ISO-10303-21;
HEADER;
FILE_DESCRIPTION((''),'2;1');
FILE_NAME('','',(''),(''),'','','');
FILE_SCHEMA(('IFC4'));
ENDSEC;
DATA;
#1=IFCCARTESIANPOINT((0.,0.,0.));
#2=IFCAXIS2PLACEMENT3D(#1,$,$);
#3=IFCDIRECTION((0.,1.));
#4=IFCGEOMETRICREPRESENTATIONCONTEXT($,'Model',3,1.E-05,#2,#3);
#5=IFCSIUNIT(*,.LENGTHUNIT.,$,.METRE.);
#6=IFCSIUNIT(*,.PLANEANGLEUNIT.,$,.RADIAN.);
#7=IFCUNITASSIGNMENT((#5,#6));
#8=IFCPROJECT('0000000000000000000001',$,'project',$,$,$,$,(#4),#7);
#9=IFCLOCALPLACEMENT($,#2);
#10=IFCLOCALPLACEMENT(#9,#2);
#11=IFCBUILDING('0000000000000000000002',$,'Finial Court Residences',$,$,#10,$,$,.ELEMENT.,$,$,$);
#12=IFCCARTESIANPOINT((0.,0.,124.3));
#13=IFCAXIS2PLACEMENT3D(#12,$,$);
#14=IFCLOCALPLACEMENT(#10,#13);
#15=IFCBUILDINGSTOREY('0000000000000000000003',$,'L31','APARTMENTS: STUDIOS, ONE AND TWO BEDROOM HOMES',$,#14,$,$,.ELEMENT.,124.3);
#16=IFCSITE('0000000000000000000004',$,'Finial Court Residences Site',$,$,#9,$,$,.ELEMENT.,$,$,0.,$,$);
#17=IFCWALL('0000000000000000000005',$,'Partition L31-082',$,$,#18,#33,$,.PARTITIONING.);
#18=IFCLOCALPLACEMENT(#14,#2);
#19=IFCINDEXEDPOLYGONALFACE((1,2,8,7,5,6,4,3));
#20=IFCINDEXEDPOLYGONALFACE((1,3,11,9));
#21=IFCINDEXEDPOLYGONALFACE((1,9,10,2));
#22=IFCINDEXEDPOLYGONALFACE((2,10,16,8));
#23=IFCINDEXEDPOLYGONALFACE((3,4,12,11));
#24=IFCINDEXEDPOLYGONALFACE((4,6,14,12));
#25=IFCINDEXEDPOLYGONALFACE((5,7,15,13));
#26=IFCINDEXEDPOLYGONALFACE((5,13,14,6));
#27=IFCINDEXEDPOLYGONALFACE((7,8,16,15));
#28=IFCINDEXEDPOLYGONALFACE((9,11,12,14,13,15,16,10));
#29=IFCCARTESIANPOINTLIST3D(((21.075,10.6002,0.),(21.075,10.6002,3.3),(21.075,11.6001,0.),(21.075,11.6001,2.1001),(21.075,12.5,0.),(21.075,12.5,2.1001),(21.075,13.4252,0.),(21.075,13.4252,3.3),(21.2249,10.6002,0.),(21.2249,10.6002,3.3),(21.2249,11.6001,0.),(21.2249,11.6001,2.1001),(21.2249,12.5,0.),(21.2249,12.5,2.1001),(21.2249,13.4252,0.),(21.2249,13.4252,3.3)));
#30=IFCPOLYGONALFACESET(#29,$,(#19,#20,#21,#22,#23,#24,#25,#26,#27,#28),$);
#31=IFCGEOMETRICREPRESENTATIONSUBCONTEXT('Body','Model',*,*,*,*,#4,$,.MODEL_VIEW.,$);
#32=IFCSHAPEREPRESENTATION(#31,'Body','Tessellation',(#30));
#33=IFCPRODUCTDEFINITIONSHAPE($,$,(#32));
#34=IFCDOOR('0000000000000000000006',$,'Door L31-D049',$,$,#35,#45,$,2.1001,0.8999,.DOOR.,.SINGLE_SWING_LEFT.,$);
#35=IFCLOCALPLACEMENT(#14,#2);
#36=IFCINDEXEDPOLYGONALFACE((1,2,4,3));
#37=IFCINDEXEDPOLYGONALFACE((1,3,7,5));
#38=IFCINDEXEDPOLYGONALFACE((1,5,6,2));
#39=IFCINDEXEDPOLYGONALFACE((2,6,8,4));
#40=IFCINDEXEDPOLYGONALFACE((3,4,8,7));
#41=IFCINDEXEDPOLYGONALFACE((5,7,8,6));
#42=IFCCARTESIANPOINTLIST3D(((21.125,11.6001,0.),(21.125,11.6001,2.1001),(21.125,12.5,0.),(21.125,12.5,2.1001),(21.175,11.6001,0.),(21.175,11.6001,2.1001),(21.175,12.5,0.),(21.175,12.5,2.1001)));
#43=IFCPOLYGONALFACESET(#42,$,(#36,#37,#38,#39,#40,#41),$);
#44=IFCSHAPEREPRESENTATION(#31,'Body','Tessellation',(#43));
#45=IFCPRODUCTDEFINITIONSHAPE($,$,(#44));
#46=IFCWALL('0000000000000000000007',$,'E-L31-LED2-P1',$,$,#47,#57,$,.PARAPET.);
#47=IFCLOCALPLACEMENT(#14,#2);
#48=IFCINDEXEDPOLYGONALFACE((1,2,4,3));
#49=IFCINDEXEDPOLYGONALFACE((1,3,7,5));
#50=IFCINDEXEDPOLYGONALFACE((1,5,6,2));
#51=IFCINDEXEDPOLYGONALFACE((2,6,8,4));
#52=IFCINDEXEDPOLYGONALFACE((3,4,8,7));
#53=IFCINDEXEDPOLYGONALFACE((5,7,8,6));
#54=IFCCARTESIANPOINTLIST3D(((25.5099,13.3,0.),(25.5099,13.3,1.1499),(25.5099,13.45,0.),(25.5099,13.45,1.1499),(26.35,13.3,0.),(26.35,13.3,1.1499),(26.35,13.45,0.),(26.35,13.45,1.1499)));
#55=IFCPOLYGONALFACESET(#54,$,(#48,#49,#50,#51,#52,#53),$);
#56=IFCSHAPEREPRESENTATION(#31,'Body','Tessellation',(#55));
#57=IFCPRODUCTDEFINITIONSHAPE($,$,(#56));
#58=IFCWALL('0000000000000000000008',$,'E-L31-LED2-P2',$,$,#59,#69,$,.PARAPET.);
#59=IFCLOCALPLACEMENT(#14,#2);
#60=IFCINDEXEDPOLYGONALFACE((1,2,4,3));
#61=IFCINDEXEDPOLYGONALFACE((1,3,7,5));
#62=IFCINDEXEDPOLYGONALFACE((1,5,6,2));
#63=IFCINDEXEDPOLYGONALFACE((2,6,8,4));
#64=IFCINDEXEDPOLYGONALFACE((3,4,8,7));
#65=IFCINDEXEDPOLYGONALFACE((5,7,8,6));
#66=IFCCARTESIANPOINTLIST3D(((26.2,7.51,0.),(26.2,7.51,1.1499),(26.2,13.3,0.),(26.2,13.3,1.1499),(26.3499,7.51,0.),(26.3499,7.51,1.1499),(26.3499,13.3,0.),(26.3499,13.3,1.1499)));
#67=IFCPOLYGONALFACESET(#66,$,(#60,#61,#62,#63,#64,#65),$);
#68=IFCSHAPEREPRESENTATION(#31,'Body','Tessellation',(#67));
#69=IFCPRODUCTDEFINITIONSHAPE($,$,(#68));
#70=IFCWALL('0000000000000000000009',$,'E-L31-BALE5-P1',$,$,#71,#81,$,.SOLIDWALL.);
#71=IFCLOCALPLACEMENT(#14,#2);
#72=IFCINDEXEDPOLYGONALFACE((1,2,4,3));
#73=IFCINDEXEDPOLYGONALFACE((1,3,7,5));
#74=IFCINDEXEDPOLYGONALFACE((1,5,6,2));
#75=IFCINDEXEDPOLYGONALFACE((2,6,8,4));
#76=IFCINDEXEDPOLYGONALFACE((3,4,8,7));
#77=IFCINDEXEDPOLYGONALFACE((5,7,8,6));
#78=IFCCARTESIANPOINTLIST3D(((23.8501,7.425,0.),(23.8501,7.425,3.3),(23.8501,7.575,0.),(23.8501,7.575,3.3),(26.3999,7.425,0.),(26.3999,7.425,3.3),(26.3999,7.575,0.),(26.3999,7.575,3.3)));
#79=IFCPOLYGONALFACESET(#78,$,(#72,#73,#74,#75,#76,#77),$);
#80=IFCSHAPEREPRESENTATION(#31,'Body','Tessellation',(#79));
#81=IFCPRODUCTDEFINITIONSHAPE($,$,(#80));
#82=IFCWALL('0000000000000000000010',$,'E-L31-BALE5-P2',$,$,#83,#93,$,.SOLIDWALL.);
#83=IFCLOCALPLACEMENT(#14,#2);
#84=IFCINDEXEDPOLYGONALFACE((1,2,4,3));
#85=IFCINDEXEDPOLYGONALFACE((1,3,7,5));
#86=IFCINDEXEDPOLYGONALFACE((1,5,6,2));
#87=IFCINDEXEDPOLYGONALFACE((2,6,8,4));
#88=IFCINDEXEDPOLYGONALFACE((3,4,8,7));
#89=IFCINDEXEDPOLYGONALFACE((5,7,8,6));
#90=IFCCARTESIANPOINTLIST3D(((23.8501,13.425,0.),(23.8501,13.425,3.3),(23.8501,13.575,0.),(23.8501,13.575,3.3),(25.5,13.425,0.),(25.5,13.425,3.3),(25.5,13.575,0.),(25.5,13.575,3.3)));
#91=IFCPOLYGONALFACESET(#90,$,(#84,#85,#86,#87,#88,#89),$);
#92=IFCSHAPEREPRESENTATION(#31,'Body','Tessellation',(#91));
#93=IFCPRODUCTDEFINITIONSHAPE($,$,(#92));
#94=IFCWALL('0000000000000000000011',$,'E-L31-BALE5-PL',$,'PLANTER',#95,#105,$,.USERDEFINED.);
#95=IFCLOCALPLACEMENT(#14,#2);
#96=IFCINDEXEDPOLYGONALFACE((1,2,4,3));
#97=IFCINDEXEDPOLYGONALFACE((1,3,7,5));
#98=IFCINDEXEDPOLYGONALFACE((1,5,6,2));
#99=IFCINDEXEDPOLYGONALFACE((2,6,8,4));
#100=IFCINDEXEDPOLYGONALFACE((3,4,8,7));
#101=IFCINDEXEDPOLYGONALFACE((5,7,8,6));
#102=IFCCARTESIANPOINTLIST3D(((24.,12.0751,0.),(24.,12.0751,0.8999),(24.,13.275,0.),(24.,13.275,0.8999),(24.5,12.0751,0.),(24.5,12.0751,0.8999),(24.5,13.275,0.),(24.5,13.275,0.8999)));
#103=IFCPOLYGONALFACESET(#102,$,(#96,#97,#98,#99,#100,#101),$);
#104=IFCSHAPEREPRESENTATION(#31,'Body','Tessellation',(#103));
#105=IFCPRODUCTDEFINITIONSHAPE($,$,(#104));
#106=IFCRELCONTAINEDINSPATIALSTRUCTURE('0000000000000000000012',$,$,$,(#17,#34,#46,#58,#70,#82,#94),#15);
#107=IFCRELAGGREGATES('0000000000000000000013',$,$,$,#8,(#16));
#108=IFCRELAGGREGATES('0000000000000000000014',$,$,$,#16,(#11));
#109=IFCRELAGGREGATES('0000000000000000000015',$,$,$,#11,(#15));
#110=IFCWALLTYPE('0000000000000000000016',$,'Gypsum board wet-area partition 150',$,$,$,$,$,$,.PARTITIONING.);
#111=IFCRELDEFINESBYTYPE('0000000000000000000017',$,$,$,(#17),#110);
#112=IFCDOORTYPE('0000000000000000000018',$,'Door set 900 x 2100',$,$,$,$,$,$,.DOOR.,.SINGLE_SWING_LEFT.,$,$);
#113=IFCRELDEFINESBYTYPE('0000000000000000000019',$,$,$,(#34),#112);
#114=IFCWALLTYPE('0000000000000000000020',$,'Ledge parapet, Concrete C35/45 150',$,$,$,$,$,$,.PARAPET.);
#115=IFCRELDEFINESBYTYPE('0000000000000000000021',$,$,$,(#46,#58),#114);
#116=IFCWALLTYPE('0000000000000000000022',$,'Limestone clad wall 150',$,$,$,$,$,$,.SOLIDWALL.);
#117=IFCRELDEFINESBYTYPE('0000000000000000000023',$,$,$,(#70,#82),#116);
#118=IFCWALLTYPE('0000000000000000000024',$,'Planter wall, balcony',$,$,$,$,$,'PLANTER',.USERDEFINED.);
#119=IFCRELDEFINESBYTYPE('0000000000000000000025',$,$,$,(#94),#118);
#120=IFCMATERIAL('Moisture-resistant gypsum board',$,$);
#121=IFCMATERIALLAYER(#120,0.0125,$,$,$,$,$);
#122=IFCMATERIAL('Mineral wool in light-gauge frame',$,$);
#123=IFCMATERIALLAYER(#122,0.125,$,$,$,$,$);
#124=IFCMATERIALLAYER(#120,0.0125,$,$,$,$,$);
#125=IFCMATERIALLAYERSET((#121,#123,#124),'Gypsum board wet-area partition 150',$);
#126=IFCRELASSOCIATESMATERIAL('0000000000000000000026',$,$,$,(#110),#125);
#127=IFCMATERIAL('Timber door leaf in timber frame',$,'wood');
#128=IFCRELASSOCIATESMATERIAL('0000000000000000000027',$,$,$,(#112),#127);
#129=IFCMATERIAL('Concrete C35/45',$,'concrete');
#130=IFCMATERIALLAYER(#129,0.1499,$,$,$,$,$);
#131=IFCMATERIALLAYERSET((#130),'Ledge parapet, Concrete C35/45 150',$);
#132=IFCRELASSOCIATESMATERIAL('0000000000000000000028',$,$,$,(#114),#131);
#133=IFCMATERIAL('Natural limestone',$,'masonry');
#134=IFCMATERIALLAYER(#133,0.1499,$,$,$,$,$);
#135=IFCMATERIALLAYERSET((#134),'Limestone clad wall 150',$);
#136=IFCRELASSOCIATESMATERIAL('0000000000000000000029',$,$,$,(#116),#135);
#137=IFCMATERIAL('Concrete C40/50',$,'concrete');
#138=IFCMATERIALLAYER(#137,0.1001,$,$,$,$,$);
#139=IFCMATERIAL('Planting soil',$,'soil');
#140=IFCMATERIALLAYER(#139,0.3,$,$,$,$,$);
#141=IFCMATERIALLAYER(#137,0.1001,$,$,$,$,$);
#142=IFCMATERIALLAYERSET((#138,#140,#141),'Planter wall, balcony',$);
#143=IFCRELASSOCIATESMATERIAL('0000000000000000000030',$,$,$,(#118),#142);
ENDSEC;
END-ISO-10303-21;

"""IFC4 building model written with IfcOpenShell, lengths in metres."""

from ifc_helpers import new_model, si_unit, direction, frame, frame_2d, origin, place, context, subcontext, project, spatial, rectangle, extrude, material, layer, layer_set, type_object, element, fill, save


model = new_model("IFC4")

# Units and contexts
model_context = context("Model", 3, precision=1e-05, world=origin(), true_north=direction((0.0, 1.0)))
body_context = subcontext(model_context, "Body", "Model", "MODEL_VIEW")
ifc_project = project(units=[si_unit("LENGTHUNIT", "METRE"), si_unit("PLANEANGLEUNIT", "RADIAN")], contexts=[model_context])

# Site, building, storey
site_placement = place(None, origin())
site = spatial("IfcSite", under=ifc_project, at=site_placement, Name="Finial Court Residences Site", CompositionType="ELEMENT", RefElevation=0.0)
building_placement = place(site_placement, origin())
building = spatial("IfcBuilding", under=site, at=building_placement, Name="Finial Court Residences", CompositionType="ELEMENT")
storey_placement = place(building_placement, frame((0.0, 0.0, 124.3)))
storey = spatial("IfcBuildingStorey", under=building, at=storey_placement, Name="L31", Description="APARTMENTS: STUDIOS, ONE AND TWO BEDROOM HOMES", CompositionType="ELEMENT", Elevation=124.3)

# Shared definitions
ifc_material_1 = material(Name="Mineral wool in light-gauge frame")

# Wall, opening, door
ifc_material_2 = material(Name="Moisture-resistant gypsum board")
ifc_layer_1 = layer(ifc_material_2, 0.0125)
ifc_layer_2 = layer(ifc_material_1, 0.125)
ifc_layer_3 = layer(ifc_material_2, 0.0125)
ifc_layer_set_1 = layer_set([ifc_layer_1, ifc_layer_2, ifc_layer_3], Name="Gypsum board wet-area partition 150")
wall_type_1 = type_object("IfcWallType", Name="Gypsum board wet-area partition 150", PredefinedType="PARTITIONING", material=ifc_layer_set_1)
wall_1_placement = place(storey_placement, frame((21.1499, 10.6001, 0.0), z_axis=(0.0, 0.0, 1.0), x_axis=(0.0, 1.0, 0.0)))
wall_1 = element("IfcWall", 1, at=wall_1_placement, inside=storey, type_object=wall_type_1, Name="Partition L31-082", PredefinedType="PARTITIONING", context=body_context, shape_type="SweptSolid", body=[
    extrude(rectangle(XDim=2.825, YDim=0.1499, at=frame_2d((1.4126, 0.0))), origin(), (0.0, 0.0, 1.0), 3.3),
])
opening_1_placement = place(wall_1_placement, frame((1.0, 0.0, 0.0)))
opening_1 = element("IfcOpeningElement", 2, at=opening_1_placement, cuts=wall_1, PredefinedType="OPENING", context=body_context, shape_type="SweptSolid", body=[
    extrude(rectangle(XDim=0.8999, YDim=2.1001, at=frame_2d((0.45, 1.05))), frame((0.0, 0.085, 0.0), z_axis=(0.0, -1.0, 0.0), x_axis=(1.0, 0.0, 0.0)), (0.0, 0.0, 1.0), 0.1699),
])
ifc_material_3 = material(Name="Timber door leaf in timber frame", Category="wood")
door_type_1 = type_object("IfcDoorType", Name="Door set 900 x 2100", OperationType="SINGLE_SWING_LEFT", PredefinedType="DOOR", material=ifc_material_3)
door_1_placement = place(opening_1_placement, origin())
door_1 = element("IfcDoor", 3, at=door_1_placement, inside=storey, type_object=door_type_1, Name="Door L31-D049", OperationType="SINGLE_SWING_LEFT", OverallHeight=2.1001, OverallWidth=0.8999, PredefinedType="DOOR", context=body_context, shape_type="SweptSolid", body=[
    extrude(rectangle(XDim=0.8999, YDim=2.1001, at=frame_2d((0.45, 1.05))), frame((0.0, 0.0249, 0.0), z_axis=(0.0, -1.0, 0.0), x_axis=(1.0, 0.0, 0.0)), (0.0, 0.0, 1.0), 0.05),
])
fill(opening_1, door_1)

# Walls
ifc_material_4 = material(Name="Concrete C35/45", Category="concrete")
ifc_layer_4 = layer(ifc_material_4, 0.1499)
ifc_layer_set_2 = layer_set([ifc_layer_4], Name="Ledge parapet, Concrete C35/45 150")
wall_type_2 = type_object("IfcWallType", Name="Ledge parapet, Concrete C35/45 150", PredefinedType="PARAPET", material=ifc_layer_set_2)
wall_2_placement = place(storey_placement, frame((25.51, 13.375, 0.0), z_axis=(0.0, 0.0, 1.0), x_axis=(1.0, 0.0, 0.0)))
element("IfcWall", 4, at=wall_2_placement, inside=storey, type_object=wall_type_2, Name="E-L31-LED2-P1", PredefinedType="PARAPET", context=body_context, shape_type="SweptSolid", body=[
    extrude(rectangle(XDim=0.8401, YDim=0.1499, at=frame_2d((0.4199, 0.0))), origin(), (0.0, 0.0, 1.0), 1.1499),
])
wall_3_placement = place(storey_placement, frame((26.2749, 13.3, 0.0), z_axis=(0.0, 0.0, 1.0), x_axis=(0.0, -1.0, 0.0)))
element("IfcWall", 5, at=wall_3_placement, inside=storey, type_object=wall_type_2, Name="E-L31-LED2-P2", PredefinedType="PARAPET", context=body_context, shape_type="SweptSolid", body=[
    extrude(rectangle(XDim=5.79, YDim=0.1499, at=frame_2d((2.895, 0.0))), origin(), (0.0, 0.0, 1.0), 1.1499),
])
ifc_material_5 = material(Name="Natural limestone", Category="masonry")
ifc_layer_5 = layer(ifc_material_5, 0.1499)
ifc_layer_set_3 = layer_set([ifc_layer_5], Name="Limestone clad wall 150")
wall_type_3 = type_object("IfcWallType", Name="Limestone clad wall 150", PredefinedType="SOLIDWALL", material=ifc_layer_set_3)
wall_4_placement = place(storey_placement, frame((23.8501, 7.5, 0.0), z_axis=(0.0, 0.0, 1.0), x_axis=(1.0, 0.0, 0.0)))
element("IfcWall", 6, at=wall_4_placement, inside=storey, type_object=wall_type_3, Name="E-L31-BALE5-P1", PredefinedType="SOLIDWALL", context=body_context, shape_type="SweptSolid", body=[
    extrude(rectangle(XDim=2.5498, YDim=0.1499, at=frame_2d((1.2749, 0.0))), origin(), (0.0, 0.0, 1.0), 3.3),
])
wall_5_placement = place(storey_placement, frame((23.8501, 13.5, 0.0), z_axis=(0.0, 0.0, 1.0), x_axis=(1.0, 0.0, 0.0)))
element("IfcWall", 7, at=wall_5_placement, inside=storey, type_object=wall_type_3, Name="E-L31-BALE5-P2", PredefinedType="SOLIDWALL", context=body_context, shape_type="SweptSolid", body=[
    extrude(rectangle(XDim=1.6499, YDim=0.1499, at=frame_2d((0.825, 0.0))), origin(), (0.0, 0.0, 1.0), 3.3),
])

# Wall
ifc_material_6 = material(Name="Concrete C40/50", Category="concrete")
ifc_layer_6 = layer(ifc_material_6, 0.1001)
ifc_material_7 = material(Name="Planting soil", Category="soil")
ifc_layer_7 = layer(ifc_material_7, 0.3)
ifc_layer_8 = layer(ifc_material_6, 0.1001)
ifc_layer_set_4 = layer_set([ifc_layer_6, ifc_layer_7, ifc_layer_8], Name="Planter wall, balcony")
wall_type_4 = type_object("IfcWallType", Name="Planter wall, balcony", ElementType="PLANTER", PredefinedType="USERDEFINED", material=ifc_layer_set_4)
wall_6_placement = place(storey_placement, frame((24.25, 12.075, 0.0), z_axis=(0.0, 0.0, 1.0), x_axis=(0.0, 1.0, 0.0)))
element("IfcWall", 8, at=wall_6_placement, inside=storey, type_object=wall_type_4, Name="E-L31-BALE5-PL", ObjectType="PLANTER", PredefinedType="USERDEFINED", context=body_context, shape_type="SweptSolid", body=[
    extrude(rectangle(XDim=1.2, YDim=0.5, at=frame_2d((0.6001, 0.0))), origin(), (0.0, 0.0, 1.0), 0.8999),
])

save(model, "model.ifc")
